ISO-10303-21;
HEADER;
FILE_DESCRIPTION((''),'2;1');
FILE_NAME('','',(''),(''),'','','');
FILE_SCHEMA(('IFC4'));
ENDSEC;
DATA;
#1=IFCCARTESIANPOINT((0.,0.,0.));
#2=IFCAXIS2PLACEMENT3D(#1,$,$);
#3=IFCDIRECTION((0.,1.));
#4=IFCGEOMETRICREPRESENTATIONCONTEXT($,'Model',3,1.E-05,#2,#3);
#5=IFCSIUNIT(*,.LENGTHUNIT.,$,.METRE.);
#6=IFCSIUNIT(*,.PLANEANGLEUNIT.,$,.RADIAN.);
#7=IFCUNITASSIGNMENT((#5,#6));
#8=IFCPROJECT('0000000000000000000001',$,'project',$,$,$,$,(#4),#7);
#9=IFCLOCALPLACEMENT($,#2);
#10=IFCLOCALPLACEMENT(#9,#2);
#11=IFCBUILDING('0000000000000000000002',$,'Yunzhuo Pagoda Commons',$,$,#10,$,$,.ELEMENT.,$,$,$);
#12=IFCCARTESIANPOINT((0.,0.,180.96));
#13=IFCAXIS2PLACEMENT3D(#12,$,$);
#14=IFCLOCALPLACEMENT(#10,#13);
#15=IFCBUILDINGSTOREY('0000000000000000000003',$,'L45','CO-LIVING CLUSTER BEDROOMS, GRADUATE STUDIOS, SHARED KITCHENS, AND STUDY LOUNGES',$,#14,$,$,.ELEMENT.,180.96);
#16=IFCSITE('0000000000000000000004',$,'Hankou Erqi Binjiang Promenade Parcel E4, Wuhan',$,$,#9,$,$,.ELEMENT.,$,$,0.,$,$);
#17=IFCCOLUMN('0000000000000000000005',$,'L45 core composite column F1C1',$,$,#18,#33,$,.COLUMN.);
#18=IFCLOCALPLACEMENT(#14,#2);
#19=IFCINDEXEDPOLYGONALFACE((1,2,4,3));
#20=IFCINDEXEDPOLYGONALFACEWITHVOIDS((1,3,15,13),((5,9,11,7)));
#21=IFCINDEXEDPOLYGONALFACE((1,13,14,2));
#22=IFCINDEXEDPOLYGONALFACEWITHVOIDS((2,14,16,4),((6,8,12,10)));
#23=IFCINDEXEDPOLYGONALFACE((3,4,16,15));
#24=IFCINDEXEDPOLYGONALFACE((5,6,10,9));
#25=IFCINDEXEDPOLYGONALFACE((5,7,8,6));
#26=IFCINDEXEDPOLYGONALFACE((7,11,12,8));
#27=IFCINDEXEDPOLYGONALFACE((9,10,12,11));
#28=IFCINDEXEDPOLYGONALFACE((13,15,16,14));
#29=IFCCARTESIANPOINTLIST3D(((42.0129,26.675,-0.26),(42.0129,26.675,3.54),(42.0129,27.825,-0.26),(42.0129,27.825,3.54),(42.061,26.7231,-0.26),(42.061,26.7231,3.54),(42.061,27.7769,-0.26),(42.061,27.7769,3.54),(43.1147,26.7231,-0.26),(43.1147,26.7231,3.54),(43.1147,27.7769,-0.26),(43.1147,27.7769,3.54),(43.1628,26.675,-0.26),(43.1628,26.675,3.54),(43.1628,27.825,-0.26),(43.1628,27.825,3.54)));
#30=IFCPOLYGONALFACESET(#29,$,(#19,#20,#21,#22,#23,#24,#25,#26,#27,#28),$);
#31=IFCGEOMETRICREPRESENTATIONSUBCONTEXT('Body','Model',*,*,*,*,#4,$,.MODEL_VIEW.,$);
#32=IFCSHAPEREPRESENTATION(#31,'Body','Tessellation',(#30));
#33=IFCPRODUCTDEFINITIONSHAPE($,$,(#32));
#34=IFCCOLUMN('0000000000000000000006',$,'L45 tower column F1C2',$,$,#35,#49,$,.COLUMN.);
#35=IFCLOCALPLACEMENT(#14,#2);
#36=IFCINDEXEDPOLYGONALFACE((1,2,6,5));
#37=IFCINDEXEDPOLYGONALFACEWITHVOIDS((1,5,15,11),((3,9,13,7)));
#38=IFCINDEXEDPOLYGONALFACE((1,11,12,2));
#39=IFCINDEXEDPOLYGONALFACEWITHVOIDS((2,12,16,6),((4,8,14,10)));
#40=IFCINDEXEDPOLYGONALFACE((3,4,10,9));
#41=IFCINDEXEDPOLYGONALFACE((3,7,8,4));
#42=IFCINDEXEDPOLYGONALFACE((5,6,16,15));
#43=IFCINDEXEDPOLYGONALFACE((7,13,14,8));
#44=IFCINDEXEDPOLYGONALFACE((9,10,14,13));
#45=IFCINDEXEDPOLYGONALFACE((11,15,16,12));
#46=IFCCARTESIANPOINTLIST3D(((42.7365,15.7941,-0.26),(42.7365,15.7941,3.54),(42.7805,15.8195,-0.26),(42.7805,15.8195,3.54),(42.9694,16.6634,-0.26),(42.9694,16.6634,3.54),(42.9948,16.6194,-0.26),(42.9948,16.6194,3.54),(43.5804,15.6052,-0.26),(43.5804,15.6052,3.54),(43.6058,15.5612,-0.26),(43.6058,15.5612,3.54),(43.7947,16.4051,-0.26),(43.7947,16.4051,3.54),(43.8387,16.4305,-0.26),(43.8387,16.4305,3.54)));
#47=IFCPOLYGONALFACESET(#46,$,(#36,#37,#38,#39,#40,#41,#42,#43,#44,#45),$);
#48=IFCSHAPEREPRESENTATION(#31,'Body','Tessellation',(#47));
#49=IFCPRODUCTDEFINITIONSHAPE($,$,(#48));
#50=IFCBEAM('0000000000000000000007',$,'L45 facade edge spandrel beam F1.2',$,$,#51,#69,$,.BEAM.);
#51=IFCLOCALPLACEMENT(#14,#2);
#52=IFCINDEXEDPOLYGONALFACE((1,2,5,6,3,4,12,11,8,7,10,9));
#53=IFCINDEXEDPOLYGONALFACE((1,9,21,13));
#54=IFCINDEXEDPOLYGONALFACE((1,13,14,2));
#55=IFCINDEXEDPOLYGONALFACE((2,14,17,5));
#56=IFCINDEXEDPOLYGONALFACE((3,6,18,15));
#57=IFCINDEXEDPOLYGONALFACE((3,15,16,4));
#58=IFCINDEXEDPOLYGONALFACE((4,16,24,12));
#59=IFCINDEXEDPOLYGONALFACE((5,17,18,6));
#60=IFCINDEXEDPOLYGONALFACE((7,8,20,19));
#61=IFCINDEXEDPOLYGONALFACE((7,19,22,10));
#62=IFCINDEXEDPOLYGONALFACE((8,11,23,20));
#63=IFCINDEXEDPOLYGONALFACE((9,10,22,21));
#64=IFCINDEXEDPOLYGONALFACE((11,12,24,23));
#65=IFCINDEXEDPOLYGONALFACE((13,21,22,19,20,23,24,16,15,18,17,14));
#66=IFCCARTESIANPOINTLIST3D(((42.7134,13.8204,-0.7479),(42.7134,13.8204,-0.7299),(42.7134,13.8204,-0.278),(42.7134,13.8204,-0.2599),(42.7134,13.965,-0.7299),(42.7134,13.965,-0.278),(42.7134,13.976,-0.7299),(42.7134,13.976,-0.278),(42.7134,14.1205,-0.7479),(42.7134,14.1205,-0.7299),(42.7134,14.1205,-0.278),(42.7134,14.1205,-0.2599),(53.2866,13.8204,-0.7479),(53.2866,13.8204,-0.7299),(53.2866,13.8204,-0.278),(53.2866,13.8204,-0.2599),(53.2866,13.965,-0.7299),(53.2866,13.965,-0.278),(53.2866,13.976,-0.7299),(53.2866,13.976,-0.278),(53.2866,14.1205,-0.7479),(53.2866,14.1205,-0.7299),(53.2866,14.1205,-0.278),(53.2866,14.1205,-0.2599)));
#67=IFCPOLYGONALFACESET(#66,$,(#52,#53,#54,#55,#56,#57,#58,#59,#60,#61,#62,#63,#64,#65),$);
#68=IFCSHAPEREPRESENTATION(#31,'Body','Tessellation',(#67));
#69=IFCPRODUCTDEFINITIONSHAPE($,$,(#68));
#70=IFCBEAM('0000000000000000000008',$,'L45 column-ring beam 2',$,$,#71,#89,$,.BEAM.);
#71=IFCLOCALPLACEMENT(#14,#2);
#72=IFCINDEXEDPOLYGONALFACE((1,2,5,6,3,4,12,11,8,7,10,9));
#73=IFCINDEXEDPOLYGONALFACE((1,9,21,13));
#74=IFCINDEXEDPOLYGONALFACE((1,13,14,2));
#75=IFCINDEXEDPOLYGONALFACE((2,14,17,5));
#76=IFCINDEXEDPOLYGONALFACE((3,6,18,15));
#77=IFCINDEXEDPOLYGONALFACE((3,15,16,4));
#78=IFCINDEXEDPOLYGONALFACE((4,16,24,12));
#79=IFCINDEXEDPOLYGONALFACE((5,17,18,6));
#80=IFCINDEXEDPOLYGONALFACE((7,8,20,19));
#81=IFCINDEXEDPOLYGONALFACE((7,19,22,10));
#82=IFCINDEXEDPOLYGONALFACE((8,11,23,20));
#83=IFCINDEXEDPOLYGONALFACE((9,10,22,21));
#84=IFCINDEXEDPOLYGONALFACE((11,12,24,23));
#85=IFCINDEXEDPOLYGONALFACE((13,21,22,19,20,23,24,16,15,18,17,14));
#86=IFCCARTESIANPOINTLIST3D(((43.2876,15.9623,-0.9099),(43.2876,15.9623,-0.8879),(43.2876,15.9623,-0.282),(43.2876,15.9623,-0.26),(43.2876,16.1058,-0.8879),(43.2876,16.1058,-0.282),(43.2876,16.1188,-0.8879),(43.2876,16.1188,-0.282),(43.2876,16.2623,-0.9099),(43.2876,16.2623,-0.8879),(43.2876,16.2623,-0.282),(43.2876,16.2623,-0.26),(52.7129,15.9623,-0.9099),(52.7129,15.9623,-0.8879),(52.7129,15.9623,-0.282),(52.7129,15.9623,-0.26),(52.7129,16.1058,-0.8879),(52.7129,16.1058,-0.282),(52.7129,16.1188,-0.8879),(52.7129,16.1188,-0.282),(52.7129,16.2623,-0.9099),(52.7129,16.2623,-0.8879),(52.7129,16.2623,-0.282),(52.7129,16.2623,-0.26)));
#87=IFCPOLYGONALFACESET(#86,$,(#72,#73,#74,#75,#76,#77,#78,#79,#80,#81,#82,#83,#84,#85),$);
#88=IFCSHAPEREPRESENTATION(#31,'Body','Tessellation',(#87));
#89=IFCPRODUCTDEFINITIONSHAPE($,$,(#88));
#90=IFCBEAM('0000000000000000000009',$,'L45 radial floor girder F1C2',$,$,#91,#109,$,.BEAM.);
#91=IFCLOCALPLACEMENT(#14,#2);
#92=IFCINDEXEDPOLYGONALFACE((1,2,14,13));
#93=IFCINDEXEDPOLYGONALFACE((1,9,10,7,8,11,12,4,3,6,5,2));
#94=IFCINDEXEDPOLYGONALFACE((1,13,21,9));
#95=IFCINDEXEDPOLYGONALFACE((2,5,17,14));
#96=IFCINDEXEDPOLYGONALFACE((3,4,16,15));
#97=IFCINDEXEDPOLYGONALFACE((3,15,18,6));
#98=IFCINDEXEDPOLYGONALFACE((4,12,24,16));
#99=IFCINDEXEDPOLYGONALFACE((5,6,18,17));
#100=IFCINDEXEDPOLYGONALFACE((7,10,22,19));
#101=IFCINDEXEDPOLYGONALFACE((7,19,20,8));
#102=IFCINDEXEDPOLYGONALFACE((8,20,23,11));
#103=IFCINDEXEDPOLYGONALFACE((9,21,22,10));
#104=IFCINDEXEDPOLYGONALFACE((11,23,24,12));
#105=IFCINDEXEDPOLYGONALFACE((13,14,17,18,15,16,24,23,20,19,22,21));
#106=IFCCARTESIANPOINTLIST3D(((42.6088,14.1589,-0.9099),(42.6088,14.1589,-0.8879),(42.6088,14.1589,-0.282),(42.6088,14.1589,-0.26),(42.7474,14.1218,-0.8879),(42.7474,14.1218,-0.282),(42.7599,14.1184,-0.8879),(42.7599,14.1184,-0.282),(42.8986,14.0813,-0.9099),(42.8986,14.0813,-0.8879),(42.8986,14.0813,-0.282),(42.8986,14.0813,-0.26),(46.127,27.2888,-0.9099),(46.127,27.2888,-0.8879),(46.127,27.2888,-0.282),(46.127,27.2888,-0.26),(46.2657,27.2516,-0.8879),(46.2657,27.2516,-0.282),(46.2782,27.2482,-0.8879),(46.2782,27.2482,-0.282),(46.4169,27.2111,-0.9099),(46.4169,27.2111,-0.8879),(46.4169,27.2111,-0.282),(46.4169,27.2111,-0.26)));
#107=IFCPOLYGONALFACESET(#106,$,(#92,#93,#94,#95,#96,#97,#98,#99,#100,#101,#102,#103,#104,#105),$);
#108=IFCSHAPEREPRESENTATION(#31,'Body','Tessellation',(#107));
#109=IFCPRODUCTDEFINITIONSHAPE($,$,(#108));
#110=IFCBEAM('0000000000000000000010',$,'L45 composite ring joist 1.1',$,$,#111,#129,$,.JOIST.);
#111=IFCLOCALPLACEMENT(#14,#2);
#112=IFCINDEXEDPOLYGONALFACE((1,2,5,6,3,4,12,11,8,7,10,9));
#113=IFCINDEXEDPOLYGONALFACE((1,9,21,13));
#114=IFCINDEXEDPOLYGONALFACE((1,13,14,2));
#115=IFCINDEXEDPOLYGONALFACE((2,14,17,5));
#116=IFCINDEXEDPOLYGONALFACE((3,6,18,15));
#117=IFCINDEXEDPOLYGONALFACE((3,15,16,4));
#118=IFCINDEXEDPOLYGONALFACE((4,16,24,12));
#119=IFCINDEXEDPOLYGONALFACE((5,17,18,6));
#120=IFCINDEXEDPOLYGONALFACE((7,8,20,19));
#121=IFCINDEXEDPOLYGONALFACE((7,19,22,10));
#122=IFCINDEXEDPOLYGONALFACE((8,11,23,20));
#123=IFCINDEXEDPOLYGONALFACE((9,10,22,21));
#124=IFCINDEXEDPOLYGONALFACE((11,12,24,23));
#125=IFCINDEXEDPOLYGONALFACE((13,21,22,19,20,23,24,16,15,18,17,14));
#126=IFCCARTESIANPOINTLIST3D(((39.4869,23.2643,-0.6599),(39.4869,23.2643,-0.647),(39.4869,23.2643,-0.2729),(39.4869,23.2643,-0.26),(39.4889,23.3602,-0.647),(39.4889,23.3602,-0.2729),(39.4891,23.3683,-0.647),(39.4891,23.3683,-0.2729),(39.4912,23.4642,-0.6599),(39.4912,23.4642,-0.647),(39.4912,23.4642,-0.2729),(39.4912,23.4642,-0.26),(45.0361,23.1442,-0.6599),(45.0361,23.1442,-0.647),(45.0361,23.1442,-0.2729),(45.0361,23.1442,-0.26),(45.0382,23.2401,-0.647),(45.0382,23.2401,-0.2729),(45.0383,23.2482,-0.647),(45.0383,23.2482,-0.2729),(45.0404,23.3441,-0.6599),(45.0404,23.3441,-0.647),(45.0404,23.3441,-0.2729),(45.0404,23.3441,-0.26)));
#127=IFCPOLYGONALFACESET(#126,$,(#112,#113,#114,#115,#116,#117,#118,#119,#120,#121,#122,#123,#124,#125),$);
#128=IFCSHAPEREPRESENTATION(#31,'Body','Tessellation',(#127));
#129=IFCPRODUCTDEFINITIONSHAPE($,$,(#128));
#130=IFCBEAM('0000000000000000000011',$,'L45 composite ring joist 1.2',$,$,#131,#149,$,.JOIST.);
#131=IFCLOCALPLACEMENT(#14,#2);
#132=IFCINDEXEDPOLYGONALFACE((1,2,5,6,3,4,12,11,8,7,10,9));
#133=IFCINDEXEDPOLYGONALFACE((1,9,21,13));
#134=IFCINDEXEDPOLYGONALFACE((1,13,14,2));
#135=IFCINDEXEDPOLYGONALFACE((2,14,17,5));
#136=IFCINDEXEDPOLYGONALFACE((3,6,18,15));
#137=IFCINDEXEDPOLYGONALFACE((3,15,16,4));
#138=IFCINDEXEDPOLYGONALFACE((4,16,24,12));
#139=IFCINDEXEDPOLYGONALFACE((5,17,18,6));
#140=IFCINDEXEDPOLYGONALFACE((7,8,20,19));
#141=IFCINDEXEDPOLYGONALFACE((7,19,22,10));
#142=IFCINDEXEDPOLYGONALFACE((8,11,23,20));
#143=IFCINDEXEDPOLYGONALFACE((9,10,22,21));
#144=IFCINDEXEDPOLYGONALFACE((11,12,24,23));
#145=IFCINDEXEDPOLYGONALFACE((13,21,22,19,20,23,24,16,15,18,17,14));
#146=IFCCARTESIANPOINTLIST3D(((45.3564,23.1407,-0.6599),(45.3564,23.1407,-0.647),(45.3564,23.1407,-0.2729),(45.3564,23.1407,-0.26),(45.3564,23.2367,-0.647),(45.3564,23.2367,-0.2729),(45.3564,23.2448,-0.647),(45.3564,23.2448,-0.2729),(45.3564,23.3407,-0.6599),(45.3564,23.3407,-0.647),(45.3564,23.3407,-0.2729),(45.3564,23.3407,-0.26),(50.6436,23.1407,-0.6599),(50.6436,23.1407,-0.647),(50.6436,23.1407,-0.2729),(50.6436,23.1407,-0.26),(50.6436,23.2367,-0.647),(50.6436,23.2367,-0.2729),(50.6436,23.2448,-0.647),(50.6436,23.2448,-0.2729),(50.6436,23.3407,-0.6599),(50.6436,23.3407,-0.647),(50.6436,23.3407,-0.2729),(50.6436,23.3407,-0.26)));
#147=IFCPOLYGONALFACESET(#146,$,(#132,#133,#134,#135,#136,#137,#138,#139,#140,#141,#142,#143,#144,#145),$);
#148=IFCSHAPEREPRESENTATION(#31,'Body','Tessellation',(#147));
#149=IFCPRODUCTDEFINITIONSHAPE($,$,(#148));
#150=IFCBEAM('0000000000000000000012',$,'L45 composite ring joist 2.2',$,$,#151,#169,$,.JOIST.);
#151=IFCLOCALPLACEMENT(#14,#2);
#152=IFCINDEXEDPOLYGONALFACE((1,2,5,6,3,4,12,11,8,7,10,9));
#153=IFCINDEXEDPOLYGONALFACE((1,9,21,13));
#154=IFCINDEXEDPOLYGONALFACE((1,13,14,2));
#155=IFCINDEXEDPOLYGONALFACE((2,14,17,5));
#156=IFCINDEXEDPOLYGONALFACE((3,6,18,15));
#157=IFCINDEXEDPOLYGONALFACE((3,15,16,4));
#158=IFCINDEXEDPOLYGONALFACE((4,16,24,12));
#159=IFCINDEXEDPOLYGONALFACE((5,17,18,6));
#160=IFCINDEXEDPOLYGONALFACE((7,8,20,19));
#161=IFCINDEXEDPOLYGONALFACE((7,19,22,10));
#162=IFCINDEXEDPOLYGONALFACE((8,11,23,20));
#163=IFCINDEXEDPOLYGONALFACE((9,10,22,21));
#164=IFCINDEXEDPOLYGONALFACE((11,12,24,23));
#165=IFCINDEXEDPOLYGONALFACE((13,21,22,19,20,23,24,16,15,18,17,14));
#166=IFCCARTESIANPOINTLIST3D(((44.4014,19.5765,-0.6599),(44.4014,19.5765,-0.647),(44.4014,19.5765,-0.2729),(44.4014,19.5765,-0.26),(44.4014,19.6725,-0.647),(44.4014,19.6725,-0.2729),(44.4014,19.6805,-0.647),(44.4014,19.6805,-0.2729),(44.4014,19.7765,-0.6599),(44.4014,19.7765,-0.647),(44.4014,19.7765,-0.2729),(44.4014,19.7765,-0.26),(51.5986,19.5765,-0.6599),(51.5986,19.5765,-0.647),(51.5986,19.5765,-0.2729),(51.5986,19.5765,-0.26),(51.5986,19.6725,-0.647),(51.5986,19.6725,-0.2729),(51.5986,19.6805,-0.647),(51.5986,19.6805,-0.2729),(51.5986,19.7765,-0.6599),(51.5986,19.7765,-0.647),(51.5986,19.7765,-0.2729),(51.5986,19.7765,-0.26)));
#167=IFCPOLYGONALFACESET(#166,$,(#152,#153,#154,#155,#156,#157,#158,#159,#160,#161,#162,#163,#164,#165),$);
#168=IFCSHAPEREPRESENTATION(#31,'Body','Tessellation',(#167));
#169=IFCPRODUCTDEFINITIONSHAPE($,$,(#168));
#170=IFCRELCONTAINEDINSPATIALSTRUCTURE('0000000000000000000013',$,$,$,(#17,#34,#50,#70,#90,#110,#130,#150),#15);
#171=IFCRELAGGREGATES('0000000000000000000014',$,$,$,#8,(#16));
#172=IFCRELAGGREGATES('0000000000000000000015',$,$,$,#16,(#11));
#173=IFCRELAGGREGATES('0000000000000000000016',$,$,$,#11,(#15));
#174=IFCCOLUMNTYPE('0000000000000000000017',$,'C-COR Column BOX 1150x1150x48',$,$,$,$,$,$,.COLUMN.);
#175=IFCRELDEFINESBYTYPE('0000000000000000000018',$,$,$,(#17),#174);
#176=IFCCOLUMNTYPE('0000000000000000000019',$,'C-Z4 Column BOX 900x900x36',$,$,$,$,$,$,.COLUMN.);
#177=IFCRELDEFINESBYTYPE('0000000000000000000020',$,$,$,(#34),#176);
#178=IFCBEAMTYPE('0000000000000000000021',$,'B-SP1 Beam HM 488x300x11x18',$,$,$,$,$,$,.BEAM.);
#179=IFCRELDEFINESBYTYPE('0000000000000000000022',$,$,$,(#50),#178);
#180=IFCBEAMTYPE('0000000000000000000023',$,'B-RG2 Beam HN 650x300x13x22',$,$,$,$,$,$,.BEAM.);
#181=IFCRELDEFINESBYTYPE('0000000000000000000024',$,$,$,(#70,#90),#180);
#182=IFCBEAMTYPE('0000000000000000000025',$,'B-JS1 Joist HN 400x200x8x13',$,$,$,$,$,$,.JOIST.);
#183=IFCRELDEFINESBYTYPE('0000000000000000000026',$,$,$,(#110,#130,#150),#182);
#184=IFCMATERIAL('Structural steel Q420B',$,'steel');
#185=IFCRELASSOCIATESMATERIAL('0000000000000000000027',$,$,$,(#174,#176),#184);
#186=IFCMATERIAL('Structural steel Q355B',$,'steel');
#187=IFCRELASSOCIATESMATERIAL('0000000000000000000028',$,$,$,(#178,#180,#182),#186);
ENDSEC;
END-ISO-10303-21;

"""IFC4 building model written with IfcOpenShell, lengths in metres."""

from ifc_helpers import new_model, si_unit, direction, frame, origin, origin_2d, place, context, subcontext, project, spatial, hollow_rectangle, i_section, extrude, source, transform, mapped, material, material_profile, profile_set, type_object, element, save


model = new_model("IFC4")

# Units and contexts
model_context = context("Model", 3, precision=1e-05, world=origin(), true_north=direction((0.0, 1.0)))
body_context = subcontext(model_context, "Body", "Model", "MODEL_VIEW")
ifc_project = project(units=[si_unit("LENGTHUNIT", "METRE"), si_unit("PLANEANGLEUNIT", "RADIAN")], contexts=[model_context])

# Site, building, storey
site_placement = place(None, origin())
site = spatial("IfcSite", under=ifc_project, at=site_placement, Name="Hankou Erqi Binjiang Promenade Parcel E4, Wuhan", CompositionType="ELEMENT", RefElevation=0.0)
building_placement = place(site_placement, origin())
building = spatial("IfcBuilding", under=site, at=building_placement, Name="Yunzhuo Pagoda Commons", CompositionType="ELEMENT")
storey_placement = place(building_placement, frame((0.0, 0.0, 180.96)))
storey = spatial("IfcBuildingStorey", under=building, at=storey_placement, Name="L45", Description="CO-LIVING CLUSTER BEDROOMS, GRADUATE STUDIOS, SHARED KITCHENS, AND STUDY LOUNGES", CompositionType="ELEMENT", Elevation=180.96)

# Columns
ifc_material_1 = material(Name="Structural steel Q420B", Category="steel")
ifc_material_profile_1 = material_profile(ifc_material_1, hollow_rectangle(XDim=1.1499, YDim=1.1499, WallThickness=0.0481, at=origin_2d()), Name="Structural steel Q420B")
ifc_profile_set_1 = profile_set([ifc_material_profile_1], Name="Structural steel Q420B")
column_type_1 = type_object("IfcColumnType", Name="C-COR Column BOX 1150x1150x48", PredefinedType="COLUMN", material=ifc_profile_set_1)
shared_shape_1 = source(origin(), body_context, "Body", "SweptSolid", [
    extrude(hollow_rectangle(XDim=1.1499, YDim=1.1499, WallThickness=0.0481, at=origin_2d()), origin(), (0.0, 0.0, 1.0), 3.8),
])
column_1_placement = place(storey_placement, frame((42.5879, 27.25, -0.26), z_axis=(0.0, 0.0, 1.0), x_axis=(1.0, 0.0, 0.0)))
element("IfcColumn", 1, at=column_1_placement, inside=storey, type_object=column_type_1, Name="L45 core composite column F1C1", PredefinedType="COLUMN", context=body_context, shape_type="MappedRepresentation", body=[
    mapped(shared_shape_1, transform((0.0, 0.0, 0.0), scale=1.0)),
])
ifc_material_profile_2 = material_profile(ifc_material_1, hollow_rectangle(XDim=0.8999, YDim=0.8999, WallThickness=0.0359, at=origin_2d()), Name="Structural steel Q420B")
ifc_profile_set_2 = profile_set([ifc_material_profile_2], Name="Structural steel Q420B")
column_type_2 = type_object("IfcColumnType", Name="C-Z4 Column BOX 900x900x36", PredefinedType="COLUMN", material=ifc_profile_set_2)
shared_shape_2 = source(origin(), body_context, "Body", "SweptSolid", [
    extrude(hollow_rectangle(XDim=0.8999, YDim=0.8999, WallThickness=0.0359, at=origin_2d()), origin(), (0.0, 0.0, 1.0), 3.8),
])
column_2_placement = place(storey_placement, frame((43.2876, 16.1123, -0.26), z_axis=(0.0, 0.0, 1.0), x_axis=(0.965926, -0.258819, 0.0)))
element("IfcColumn", 2, at=column_2_placement, inside=storey, type_object=column_type_2, Name="L45 tower column F1C2", PredefinedType="COLUMN", context=body_context, shape_type="MappedRepresentation", body=[
    mapped(shared_shape_2, transform((0.0, 0.0, 0.0), scale=1.0)),
])

# Beams
ifc_material_2 = material(Name="Structural steel Q355B", Category="steel")
ifc_material_profile_3 = material_profile(ifc_material_2, i_section(OverallWidth=0.3, OverallDepth=0.488, WebThickness=0.011, FlangeThickness=0.0181, at=origin_2d()), Name="Structural steel Q355B")
ifc_profile_set_3 = profile_set([ifc_material_profile_3], Name="Structural steel Q355B")
beam_type_1 = type_object("IfcBeamType", Name="B-SP1 Beam HM 488x300x11x18", PredefinedType="BEAM", material=ifc_profile_set_3)
shared_shape_3 = source(origin(), body_context, "Body", "SweptSolid", [
    extrude(i_section(OverallWidth=0.3, OverallDepth=0.488, WebThickness=0.011, FlangeThickness=0.0181, at=origin_2d()), origin(), (0.0, 0.0, 1.0), 10.5732),
])
beam_1_placement = place(storey_placement, frame((42.7134, 13.9705, -0.5039), z_axis=(1.0, 0.0, 0.0), x_axis=(0.0, 1.0, 0.0)))
element("IfcBeam", 3, at=beam_1_placement, inside=storey, type_object=beam_type_1, Name="L45 facade edge spandrel beam F1.2", PredefinedType="BEAM", context=body_context, shape_type="MappedRepresentation", body=[
    mapped(shared_shape_3, transform((0.0, 0.0, 0.0), scale=1.0)),
])
ifc_material_profile_4 = material_profile(ifc_material_2, i_section(OverallWidth=0.3, OverallDepth=0.6499, WebThickness=0.0129, FlangeThickness=0.022, at=origin_2d()), Name="Structural steel Q355B")
ifc_profile_set_4 = profile_set([ifc_material_profile_4], Name="Structural steel Q355B")
beam_type_2 = type_object("IfcBeamType", Name="B-RG2 Beam HN 650x300x13x22", PredefinedType="BEAM", material=ifc_profile_set_4)
shared_shape_4 = source(origin(), body_context, "Body", "SweptSolid", [
    extrude(i_section(OverallWidth=0.3, OverallDepth=0.6499, WebThickness=0.0129, FlangeThickness=0.022, at=origin_2d()), origin(), (0.0, 0.0, 1.0), 9.4253),
])
beam_2_placement = place(storey_placement, frame((43.2876, 16.1123, -0.585), z_axis=(1.0, 0.0, 0.0), x_axis=(0.0, 1.0, 0.0)))
element("IfcBeam", 4, at=beam_2_placement, inside=storey, type_object=beam_type_2, Name="L45 column-ring beam 2", PredefinedType="BEAM", context=body_context, shape_type="MappedRepresentation", body=[
    mapped(shared_shape_4, transform((0.0, 0.0, 0.0), scale=1.0)),
])
shared_shape_5 = source(origin(), body_context, "Body", "SweptSolid", [
    extrude(i_section(OverallWidth=0.3, OverallDepth=0.6499, WebThickness=0.0129, FlangeThickness=0.022, at=origin_2d()), origin(), (0.0, 0.0, 1.0), 13.593),
])
beam_3_placement = place(storey_placement, frame((42.7537, 14.1201, -0.585), z_axis=(0.258831, 0.965923, 0.0), x_axis=(-0.965923, 0.258831, 0.0)))
element("IfcBeam", 5, at=beam_3_placement, inside=storey, type_object=beam_type_2, Name="L45 radial floor girder F1C2", PredefinedType="BEAM", context=body_context, shape_type="MappedRepresentation", body=[
    mapped(shared_shape_5, transform((0.0, 0.0, 0.0), scale=1.0)),
])
ifc_material_profile_5 = material_profile(ifc_material_2, i_section(OverallWidth=0.2, OverallDepth=0.3999, WebThickness=0.0081, FlangeThickness=0.0129, at=origin_2d()), Name="Structural steel Q355B")
ifc_profile_set_5 = profile_set([ifc_material_profile_5], Name="Structural steel Q355B")
beam_type_3 = type_object("IfcBeamType", Name="B-JS1 Joist HN 400x200x8x13", PredefinedType="JOIST", material=ifc_profile_set_5)
shared_shape_6 = source(origin(), body_context, "Body", "SweptSolid", [
    extrude(i_section(OverallWidth=0.2, OverallDepth=0.3999, WebThickness=0.0081, FlangeThickness=0.0129, at=origin_2d()), origin(), (0.0, 0.0, 1.0), 5.5505),
])
beam_4_placement = place(storey_placement, frame((39.489, 23.3643, -0.46), z_axis=(0.999766, -0.02164, 0.0), x_axis=(0.02164, 0.999766, 0.0)))
element("IfcBeam", 6, at=beam_4_placement, inside=storey, type_object=beam_type_3, Name="L45 composite ring joist 1.1", PredefinedType="JOIST", context=body_context, shape_type="MappedRepresentation", body=[
    mapped(shared_shape_6, transform((0.0, 0.0, 0.0), scale=1.0)),
])
shared_shape_7 = source(origin(), body_context, "Body", "SweptSolid", [
    extrude(i_section(OverallWidth=0.2, OverallDepth=0.3999, WebThickness=0.0081, FlangeThickness=0.0129, at=origin_2d()), origin(), (0.0, 0.0, 1.0), 5.2871),
])
beam_5_placement = place(storey_placement, frame((45.3564, 23.2407, -0.46), z_axis=(1.0, 0.0, 0.0), x_axis=(0.0, 1.0, 0.0)))
element("IfcBeam", 7, at=beam_5_placement, inside=storey, type_object=beam_type_3, Name="L45 composite ring joist 1.2", PredefinedType="JOIST", context=body_context, shape_type="MappedRepresentation", body=[
    mapped(shared_shape_7, transform((0.0, 0.0, 0.0), scale=1.0)),
])
shared_shape_8 = source(origin(), body_context, "Body", "SweptSolid", [
    extrude(i_section(OverallWidth=0.2, OverallDepth=0.3999, WebThickness=0.0081, FlangeThickness=0.0129, at=origin_2d()), origin(), (0.0, 0.0, 1.0), 7.1973),
])
beam_6_placement = place(storey_placement, frame((44.4014, 19.6765, -0.46), z_axis=(1.0, 0.0, 0.0), x_axis=(0.0, 1.0, 0.0)))
element("IfcBeam", 8, at=beam_6_placement, inside=storey, type_object=beam_type_3, Name="L45 composite ring joist 2.2", PredefinedType="JOIST", context=body_context, shape_type="MappedRepresentation", body=[
    mapped(shared_shape_8, transform((0.0, 0.0, 0.0), scale=1.0)),
])

save(model, "model.ifc")
